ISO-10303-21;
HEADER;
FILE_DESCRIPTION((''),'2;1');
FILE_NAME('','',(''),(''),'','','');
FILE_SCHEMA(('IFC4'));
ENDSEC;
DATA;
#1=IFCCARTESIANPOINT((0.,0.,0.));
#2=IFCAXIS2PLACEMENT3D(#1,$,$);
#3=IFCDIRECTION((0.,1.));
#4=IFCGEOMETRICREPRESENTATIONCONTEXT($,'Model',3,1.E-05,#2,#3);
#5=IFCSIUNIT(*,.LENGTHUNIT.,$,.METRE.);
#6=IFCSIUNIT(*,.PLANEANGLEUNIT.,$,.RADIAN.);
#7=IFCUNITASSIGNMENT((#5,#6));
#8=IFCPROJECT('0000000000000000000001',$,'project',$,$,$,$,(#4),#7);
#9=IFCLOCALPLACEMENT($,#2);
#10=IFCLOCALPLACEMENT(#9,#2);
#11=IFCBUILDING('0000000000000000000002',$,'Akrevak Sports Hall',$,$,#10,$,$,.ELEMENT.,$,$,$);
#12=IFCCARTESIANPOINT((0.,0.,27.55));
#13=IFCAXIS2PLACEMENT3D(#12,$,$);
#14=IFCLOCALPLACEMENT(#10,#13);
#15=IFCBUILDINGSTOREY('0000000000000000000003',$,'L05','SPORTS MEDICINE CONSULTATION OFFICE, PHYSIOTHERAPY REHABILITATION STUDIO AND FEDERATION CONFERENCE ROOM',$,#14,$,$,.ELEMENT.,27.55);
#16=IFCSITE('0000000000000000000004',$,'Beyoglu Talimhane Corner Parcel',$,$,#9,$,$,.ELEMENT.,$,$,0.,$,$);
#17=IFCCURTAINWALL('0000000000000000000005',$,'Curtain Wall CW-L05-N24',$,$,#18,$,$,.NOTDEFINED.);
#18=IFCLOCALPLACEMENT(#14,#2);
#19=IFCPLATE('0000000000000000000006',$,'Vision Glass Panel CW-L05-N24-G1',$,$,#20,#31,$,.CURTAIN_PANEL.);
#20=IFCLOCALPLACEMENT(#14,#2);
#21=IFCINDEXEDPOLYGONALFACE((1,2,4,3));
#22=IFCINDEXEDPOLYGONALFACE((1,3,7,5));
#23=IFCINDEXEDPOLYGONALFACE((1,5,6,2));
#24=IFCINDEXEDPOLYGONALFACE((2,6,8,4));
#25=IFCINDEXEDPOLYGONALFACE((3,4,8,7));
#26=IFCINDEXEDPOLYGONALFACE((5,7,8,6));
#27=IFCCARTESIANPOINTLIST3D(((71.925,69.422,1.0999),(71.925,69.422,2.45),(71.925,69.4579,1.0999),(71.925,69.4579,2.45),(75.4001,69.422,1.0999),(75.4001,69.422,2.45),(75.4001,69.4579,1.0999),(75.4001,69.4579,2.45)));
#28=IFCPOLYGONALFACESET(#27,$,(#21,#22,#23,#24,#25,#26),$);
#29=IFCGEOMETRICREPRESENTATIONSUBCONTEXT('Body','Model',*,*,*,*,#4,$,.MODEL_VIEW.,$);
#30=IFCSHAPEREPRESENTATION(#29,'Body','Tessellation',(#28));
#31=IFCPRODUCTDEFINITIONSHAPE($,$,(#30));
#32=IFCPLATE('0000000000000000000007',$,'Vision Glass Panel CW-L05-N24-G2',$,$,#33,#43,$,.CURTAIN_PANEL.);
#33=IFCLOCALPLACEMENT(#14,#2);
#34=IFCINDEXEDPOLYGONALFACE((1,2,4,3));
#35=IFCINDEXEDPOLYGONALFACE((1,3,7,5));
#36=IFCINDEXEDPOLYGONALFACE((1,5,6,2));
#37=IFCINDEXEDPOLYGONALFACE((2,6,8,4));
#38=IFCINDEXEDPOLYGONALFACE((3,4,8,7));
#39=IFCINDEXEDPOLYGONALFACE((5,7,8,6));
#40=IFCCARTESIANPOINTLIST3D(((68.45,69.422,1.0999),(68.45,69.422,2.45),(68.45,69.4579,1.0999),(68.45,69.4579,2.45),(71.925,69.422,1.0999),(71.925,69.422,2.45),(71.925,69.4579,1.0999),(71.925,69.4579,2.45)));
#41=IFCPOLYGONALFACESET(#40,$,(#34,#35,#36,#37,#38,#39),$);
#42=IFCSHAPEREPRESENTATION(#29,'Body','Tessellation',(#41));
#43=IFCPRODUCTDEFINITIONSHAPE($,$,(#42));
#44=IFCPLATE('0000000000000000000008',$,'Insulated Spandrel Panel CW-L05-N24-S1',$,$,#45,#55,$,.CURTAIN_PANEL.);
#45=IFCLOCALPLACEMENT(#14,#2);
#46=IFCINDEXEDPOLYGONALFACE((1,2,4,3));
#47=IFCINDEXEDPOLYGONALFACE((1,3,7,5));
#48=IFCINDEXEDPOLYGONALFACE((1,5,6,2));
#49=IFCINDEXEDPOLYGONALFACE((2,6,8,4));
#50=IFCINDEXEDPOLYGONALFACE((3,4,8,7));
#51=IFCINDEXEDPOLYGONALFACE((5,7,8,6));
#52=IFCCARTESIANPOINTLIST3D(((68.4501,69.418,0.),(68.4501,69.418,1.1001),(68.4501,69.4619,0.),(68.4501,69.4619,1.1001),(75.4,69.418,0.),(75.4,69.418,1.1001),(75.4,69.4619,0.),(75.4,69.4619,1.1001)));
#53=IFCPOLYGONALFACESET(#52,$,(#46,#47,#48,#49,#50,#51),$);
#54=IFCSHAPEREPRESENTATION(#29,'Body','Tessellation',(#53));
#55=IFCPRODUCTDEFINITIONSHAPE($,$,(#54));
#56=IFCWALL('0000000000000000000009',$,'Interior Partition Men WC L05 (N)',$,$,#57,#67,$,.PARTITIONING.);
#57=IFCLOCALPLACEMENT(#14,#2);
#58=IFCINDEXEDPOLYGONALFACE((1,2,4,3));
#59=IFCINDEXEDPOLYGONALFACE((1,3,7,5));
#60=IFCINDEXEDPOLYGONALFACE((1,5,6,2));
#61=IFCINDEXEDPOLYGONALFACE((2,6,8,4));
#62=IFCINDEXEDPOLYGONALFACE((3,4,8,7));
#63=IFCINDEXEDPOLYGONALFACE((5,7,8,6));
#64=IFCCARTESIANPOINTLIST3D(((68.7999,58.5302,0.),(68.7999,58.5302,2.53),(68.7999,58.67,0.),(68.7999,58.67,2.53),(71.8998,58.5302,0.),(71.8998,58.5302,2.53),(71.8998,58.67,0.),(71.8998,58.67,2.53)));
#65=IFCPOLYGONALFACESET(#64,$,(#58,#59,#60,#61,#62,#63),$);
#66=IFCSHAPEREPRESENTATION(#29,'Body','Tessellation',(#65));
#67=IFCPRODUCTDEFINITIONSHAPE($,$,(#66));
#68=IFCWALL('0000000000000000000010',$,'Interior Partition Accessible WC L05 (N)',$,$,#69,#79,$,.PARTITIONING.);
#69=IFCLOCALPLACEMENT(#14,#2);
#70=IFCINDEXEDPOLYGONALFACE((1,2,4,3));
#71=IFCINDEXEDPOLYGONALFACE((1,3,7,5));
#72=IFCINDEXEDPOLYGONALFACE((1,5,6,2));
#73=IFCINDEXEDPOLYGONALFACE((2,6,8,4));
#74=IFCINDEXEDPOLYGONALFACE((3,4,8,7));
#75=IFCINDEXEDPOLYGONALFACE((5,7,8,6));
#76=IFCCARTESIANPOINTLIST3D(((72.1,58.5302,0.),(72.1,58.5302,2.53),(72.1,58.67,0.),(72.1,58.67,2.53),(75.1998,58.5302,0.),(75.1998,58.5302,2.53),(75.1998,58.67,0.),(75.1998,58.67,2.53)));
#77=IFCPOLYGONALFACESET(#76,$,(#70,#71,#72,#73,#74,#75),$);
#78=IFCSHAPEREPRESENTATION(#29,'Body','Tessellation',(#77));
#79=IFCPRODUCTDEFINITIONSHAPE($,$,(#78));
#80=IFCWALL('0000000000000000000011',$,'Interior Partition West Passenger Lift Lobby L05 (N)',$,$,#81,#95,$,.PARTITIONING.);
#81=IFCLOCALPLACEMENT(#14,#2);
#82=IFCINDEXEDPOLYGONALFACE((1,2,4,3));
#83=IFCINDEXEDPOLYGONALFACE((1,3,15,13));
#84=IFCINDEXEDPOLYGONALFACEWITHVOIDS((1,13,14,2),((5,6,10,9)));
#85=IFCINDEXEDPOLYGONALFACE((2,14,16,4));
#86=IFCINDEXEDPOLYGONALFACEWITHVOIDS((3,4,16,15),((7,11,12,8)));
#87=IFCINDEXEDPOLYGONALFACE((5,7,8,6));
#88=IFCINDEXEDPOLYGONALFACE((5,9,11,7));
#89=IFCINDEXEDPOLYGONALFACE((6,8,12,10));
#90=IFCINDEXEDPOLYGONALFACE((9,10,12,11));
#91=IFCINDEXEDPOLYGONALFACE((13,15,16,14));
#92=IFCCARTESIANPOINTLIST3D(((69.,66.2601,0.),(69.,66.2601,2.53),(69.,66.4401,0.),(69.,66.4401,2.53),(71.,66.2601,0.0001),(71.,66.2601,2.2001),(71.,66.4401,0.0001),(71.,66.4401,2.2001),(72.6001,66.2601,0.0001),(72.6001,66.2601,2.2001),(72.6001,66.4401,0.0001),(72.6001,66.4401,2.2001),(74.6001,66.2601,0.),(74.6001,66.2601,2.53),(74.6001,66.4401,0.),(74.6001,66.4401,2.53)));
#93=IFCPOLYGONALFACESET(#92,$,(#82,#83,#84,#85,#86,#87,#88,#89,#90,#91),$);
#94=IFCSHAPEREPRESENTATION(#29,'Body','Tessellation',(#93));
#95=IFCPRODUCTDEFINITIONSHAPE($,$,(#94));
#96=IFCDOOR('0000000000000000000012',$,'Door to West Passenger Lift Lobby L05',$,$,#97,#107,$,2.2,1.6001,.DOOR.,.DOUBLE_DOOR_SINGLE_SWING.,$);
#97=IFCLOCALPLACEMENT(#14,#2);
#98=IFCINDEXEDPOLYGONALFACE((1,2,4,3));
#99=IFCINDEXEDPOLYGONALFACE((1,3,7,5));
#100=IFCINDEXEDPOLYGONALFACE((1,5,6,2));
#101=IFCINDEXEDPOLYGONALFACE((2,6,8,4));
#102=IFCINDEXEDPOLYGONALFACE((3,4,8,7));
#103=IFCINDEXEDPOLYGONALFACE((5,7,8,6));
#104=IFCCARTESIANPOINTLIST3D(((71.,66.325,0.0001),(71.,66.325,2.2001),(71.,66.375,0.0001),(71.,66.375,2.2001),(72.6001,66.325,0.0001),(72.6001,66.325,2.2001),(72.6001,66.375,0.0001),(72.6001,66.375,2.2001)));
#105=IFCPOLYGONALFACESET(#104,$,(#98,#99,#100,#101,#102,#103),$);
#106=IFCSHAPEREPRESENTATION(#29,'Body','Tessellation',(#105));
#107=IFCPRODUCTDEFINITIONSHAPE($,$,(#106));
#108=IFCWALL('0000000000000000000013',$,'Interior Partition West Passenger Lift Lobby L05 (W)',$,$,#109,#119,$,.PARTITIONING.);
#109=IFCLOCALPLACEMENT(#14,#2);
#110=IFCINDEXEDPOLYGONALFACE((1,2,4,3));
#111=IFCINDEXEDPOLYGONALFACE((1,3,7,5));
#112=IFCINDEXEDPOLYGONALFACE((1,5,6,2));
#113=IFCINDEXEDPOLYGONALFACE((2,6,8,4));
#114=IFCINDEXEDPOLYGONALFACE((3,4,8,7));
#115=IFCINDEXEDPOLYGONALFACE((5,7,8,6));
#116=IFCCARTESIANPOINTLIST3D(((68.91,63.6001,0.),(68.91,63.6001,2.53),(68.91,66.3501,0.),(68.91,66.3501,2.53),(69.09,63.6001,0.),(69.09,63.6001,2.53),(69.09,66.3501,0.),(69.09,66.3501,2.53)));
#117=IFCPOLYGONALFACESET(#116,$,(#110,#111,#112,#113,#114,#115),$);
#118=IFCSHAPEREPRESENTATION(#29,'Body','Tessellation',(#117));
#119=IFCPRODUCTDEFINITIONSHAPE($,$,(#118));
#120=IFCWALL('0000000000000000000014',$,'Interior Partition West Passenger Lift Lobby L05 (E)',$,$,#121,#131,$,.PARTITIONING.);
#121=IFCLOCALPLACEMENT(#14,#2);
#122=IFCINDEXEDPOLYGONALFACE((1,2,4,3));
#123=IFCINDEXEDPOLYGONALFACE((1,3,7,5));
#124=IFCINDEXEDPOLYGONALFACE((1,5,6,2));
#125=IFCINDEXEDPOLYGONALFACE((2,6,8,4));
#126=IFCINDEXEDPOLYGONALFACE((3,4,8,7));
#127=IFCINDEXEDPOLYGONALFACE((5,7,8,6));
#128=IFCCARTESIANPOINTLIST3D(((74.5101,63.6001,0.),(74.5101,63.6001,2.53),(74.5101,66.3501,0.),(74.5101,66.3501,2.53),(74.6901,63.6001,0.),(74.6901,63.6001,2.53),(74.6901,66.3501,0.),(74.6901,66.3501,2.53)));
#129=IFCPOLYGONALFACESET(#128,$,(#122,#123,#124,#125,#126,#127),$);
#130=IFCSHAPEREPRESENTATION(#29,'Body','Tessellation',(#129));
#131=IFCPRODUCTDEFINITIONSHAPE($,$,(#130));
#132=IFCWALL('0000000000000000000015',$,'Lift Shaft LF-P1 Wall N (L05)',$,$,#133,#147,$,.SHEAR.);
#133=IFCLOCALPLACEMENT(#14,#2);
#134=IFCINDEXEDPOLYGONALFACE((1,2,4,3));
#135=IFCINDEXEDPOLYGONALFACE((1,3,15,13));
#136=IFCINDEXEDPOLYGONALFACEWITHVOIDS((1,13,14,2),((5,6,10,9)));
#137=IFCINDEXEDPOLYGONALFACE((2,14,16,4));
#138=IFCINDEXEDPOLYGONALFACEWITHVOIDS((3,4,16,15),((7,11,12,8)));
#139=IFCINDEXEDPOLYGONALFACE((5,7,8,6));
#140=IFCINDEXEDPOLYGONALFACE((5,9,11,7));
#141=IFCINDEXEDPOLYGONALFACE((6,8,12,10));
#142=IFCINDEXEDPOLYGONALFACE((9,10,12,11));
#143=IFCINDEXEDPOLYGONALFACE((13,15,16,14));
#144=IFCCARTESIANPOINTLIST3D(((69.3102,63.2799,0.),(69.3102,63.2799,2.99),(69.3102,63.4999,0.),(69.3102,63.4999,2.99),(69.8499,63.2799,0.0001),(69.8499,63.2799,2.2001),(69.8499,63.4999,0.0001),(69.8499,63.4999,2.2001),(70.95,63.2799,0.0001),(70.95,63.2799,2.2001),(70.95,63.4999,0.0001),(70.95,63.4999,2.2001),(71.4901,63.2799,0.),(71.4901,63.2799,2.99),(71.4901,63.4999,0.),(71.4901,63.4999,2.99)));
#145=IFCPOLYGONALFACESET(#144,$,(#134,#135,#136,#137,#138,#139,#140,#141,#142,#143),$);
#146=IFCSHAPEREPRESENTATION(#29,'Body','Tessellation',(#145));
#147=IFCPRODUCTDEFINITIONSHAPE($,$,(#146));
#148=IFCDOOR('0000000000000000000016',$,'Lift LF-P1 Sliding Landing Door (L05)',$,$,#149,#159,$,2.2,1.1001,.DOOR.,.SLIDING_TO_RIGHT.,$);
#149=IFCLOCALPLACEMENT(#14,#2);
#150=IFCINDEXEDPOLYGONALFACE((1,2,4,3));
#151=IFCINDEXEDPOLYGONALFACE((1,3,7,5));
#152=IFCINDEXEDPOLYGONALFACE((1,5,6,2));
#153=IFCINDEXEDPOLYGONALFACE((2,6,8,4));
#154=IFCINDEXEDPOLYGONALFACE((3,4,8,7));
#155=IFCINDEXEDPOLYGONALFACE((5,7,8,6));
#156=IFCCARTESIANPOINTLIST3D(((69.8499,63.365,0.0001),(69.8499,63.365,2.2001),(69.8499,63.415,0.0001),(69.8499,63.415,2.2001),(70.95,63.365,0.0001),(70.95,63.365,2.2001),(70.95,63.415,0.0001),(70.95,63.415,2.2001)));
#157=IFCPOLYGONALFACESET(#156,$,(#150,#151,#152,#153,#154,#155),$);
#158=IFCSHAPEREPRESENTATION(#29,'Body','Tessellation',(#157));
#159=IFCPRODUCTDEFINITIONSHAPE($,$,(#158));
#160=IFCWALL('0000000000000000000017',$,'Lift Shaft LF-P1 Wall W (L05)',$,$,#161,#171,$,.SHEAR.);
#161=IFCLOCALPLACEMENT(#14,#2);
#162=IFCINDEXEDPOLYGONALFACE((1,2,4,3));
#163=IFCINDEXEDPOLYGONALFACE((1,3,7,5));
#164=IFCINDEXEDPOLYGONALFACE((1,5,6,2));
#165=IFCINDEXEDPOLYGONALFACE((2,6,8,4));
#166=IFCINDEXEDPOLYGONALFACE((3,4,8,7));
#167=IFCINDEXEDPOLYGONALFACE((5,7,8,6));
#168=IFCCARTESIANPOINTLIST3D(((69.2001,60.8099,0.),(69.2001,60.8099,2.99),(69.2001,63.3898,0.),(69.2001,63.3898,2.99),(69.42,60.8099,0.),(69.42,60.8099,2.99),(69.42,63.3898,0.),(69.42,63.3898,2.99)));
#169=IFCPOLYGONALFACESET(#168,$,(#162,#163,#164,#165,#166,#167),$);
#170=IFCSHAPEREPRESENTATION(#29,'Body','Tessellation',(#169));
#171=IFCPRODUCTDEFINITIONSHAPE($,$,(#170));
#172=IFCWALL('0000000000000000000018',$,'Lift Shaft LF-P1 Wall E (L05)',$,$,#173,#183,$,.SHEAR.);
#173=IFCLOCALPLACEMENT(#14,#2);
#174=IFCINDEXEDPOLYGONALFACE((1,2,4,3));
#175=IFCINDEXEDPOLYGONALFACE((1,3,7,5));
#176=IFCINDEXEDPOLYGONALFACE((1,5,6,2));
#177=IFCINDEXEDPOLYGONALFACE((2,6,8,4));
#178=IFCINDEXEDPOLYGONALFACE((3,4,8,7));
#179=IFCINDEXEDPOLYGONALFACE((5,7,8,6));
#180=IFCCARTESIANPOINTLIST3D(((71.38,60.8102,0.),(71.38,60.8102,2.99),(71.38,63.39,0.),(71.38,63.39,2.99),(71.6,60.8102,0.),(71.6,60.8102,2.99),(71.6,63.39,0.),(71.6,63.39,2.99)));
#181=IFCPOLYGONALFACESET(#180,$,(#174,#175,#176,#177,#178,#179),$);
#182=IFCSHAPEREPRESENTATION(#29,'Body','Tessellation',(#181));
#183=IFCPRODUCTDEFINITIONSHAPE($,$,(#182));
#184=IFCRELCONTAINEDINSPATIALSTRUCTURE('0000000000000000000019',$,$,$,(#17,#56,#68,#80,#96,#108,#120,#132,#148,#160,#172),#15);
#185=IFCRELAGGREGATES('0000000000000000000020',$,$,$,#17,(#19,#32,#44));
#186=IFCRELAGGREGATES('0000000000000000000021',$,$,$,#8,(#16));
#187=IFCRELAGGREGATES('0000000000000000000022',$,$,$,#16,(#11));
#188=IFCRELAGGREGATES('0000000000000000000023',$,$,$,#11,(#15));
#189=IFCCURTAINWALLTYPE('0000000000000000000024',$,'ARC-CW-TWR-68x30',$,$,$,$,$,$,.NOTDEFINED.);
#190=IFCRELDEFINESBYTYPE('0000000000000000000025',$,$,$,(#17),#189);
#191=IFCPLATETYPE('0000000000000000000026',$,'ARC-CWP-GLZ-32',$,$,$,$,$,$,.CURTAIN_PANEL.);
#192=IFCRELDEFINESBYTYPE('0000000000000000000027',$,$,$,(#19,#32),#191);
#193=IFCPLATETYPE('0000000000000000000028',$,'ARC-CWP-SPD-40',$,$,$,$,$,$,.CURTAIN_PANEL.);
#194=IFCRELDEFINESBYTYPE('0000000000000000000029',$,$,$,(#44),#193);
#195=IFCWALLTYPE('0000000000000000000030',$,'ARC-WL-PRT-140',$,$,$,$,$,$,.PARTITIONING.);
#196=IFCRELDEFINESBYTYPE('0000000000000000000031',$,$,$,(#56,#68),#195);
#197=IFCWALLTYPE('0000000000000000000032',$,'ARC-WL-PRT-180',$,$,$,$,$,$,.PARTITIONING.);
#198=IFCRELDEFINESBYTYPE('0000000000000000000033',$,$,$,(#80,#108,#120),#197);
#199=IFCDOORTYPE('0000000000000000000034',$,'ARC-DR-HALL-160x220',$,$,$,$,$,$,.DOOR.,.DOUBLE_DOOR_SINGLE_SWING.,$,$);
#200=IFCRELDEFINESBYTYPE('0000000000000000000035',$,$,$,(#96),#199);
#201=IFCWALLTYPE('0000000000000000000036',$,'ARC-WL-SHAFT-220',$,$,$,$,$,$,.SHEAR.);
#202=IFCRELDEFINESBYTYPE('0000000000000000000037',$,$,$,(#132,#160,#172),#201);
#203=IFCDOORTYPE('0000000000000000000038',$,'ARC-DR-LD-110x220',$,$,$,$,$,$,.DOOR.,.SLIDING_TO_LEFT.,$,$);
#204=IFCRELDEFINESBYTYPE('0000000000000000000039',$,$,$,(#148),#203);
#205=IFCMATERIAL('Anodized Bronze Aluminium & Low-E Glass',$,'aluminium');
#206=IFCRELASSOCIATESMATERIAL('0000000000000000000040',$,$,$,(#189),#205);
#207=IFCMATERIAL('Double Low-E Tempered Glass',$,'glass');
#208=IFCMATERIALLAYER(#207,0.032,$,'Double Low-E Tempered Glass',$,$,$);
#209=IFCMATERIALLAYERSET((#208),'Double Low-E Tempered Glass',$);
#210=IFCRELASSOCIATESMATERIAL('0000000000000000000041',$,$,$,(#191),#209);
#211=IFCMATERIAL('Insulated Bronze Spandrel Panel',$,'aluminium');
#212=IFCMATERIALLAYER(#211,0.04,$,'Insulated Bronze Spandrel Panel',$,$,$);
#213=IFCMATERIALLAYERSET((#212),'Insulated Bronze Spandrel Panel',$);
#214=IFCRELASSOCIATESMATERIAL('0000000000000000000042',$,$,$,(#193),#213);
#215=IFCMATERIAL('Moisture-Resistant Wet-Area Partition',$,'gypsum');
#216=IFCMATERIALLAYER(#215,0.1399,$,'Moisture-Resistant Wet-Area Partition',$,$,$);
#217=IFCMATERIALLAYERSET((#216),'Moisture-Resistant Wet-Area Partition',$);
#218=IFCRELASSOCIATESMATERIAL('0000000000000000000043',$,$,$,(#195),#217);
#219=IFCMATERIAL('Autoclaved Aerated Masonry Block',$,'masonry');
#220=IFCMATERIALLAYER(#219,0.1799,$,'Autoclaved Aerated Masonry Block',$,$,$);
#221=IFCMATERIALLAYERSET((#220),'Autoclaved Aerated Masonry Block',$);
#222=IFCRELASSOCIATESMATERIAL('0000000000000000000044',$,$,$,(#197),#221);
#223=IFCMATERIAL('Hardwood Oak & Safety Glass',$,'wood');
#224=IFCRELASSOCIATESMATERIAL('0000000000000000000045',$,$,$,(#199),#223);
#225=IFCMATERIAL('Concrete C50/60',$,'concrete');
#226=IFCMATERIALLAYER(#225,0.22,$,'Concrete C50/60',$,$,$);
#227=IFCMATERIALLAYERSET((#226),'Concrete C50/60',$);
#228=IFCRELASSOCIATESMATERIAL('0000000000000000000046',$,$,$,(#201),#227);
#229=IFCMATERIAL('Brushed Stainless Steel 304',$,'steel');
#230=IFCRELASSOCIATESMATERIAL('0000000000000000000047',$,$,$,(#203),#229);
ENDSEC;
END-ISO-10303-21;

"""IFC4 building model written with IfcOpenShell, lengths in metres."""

from ifc_helpers import new_model, si_unit, direction, frame, frame_2d, origin, origin_2d, place, context, subcontext, project, spatial, rectangle, extrude, material, layer, layer_set, type_object, element, fill, aggregate, save


model = new_model("IFC4")

# Units and contexts
model_context = context("Model", 3, precision=1e-05, world=origin(), true_north=direction((0.0, 1.0)))
body_context = subcontext(model_context, "Body", "Model", "MODEL_VIEW")
ifc_project = project(units=[si_unit("LENGTHUNIT", "METRE"), si_unit("PLANEANGLEUNIT", "RADIAN")], contexts=[model_context])

# Site, building, storey
site_placement = place(None, origin())
site = spatial("IfcSite", under=ifc_project, at=site_placement, Name="Beyoglu Talimhane Corner Parcel", CompositionType="ELEMENT", RefElevation=0.0)
building_placement = place(site_placement, origin())
building = spatial("IfcBuilding", under=site, at=building_placement, Name="Akrevak Sports Hall", CompositionType="ELEMENT")
storey_placement = place(building_placement, frame((0.0, 0.0, 27.55)))
storey = spatial("IfcBuildingStorey", under=building, at=storey_placement, Name="L05", Description="SPORTS MEDICINE CONSULTATION OFFICE, PHYSIOTHERAPY REHABILITATION STUDIO AND FEDERATION CONFERENCE ROOM", CompositionType="ELEMENT", Elevation=27.55)

# Shared definitions
ifc_material_1 = material(Name="Concrete C50/60", Category="concrete")

# Curtain wall
ifc_material_2 = material(Name="Anodized Bronze Aluminium & Low-E Glass", Category="aluminium")
curtain_wall_type = type_object("IfcCurtainWallType", Name="ARC-CW-TWR-68x30", PredefinedType="NOTDEFINED", material=ifc_material_2)
curtain_wall_placement = place(storey_placement, origin())
curtain_wall = element("IfcCurtainWall", 1, at=curtain_wall_placement, inside=storey, type_object=curtain_wall_type, Name="Curtain Wall CW-L05-N24", PredefinedType="NOTDEFINED")

# Plates
ifc_material_3 = material(Name="Double Low-E Tempered Glass", Category="glass")
ifc_layer_1 = layer(ifc_material_3, 0.032, Name="Double Low-E Tempered Glass")
ifc_layer_set_1 = layer_set([ifc_layer_1], Name="Double Low-E Tempered Glass")
plate_type_1 = type_object("IfcPlateType", Name="ARC-CWP-GLZ-32", PredefinedType="CURTAIN_PANEL", material=ifc_layer_set_1)
plate_1_placement = place(storey_placement, frame((73.6626, 69.4399, 1.0999), z_axis=(0.0, 0.0, 1.0), x_axis=(-1.0, 0.0, 0.0)))
plate_1 = element("IfcPlate", 2, at=plate_1_placement, type_object=plate_type_1, Name="Vision Glass Panel CW-L05-N24-G1", PredefinedType="CURTAIN_PANEL", context=body_context, shape_type="SweptSolid", body=[
    extrude(rectangle(XDim=3.4751, YDim=0.0359, at=origin_2d()), origin(), (0.0, 0.0, 1.0), 1.3501),
])
plate_2_placement = place(storey_placement, frame((70.1875, 69.4399, 1.0999), z_axis=(0.0, 0.0, 1.0), x_axis=(-1.0, 0.0, 0.0)))
plate_2 = element("IfcPlate", 3, at=plate_2_placement, type_object=plate_type_1, Name="Vision Glass Panel CW-L05-N24-G2", PredefinedType="CURTAIN_PANEL", context=body_context, shape_type="SweptSolid", body=[
    extrude(rectangle(XDim=3.4751, YDim=0.0359, at=origin_2d()), origin(), (0.0, 0.0, 1.0), 1.3501),
])
ifc_material_4 = material(Name="Insulated Bronze Spandrel Panel", Category="aluminium")
ifc_layer_2 = layer(ifc_material_4, 0.04, Name="Insulated Bronze Spandrel Panel")
ifc_layer_set_2 = layer_set([ifc_layer_2], Name="Insulated Bronze Spandrel Panel")
plate_type_2 = type_object("IfcPlateType", Name="ARC-CWP-SPD-40", PredefinedType="CURTAIN_PANEL", material=ifc_layer_set_2)
plate_3_placement = place(storey_placement, frame((71.925, 69.4399, 0.0), z_axis=(0.0, 0.0, 1.0), x_axis=(-1.0, 0.0, 0.0)))
plate_3 = element("IfcPlate", 4, at=plate_3_placement, type_object=plate_type_2, Name="Insulated Spandrel Panel CW-L05-N24-S1", PredefinedType="CURTAIN_PANEL", context=body_context, shape_type="SweptSolid", body=[
    extrude(rectangle(XDim=6.95, YDim=0.0439, at=origin_2d()), origin(), (0.0, 0.0, 1.0), 1.1001),
])
aggregate(curtain_wall, [plate_1, plate_2, plate_3])

# Walls
ifc_material_5 = material(Name="Moisture-Resistant Wet-Area Partition", Category="gypsum")
ifc_layer_3 = layer(ifc_material_5, 0.1399, Name="Moisture-Resistant Wet-Area Partition")
ifc_layer_set_3 = layer_set([ifc_layer_3], Name="Moisture-Resistant Wet-Area Partition")
wall_type_1 = type_object("IfcWallType", Name="ARC-WL-PRT-140", PredefinedType="PARTITIONING", material=ifc_layer_set_3)
for number, where, z_axis, x_axis, name in (
    (5, (68.8, 58.6001, 0.0), (0.0, 0.0, 1.0), (1.0, 0.0, 0.0), "Interior Partition Men WC L05 (N)"),
    (6, (72.1001, 58.6001, 0.0), (0.0, 0.0, 1.0), (1.0, 0.0, 0.0), "Interior Partition Accessible WC L05 (N)"),
):
    element("IfcWall", number, at=place(storey_placement, frame(where, z_axis=z_axis, x_axis=x_axis)), inside=storey, type_object=wall_type_1, Name=name, PredefinedType="PARTITIONING", context=body_context, shape_type="SweptSolid", body=[
        extrude(rectangle(XDim=3.0999, YDim=0.1399, at=frame_2d((1.5498, 0.0))), origin(), (0.0, 0.0, 1.0), 2.53),
    ])

# Wall, opening, door
ifc_material_6 = material(Name="Autoclaved Aerated Masonry Block", Category="masonry")
ifc_layer_4 = layer(ifc_material_6, 0.1799, Name="Autoclaved Aerated Masonry Block")
ifc_layer_set_4 = layer_set([ifc_layer_4], Name="Autoclaved Aerated Masonry Block")
wall_type_2 = type_object("IfcWallType", Name="ARC-WL-PRT-180", PredefinedType="PARTITIONING", material=ifc_layer_set_4)
wall_1_placement = place(storey_placement, frame((69.0, 66.3501, 0.0), z_axis=(0.0, 0.0, 1.0), x_axis=(1.0, 0.0, 0.0)))
wall_1 = element("IfcWall", 7, at=wall_1_placement, inside=storey, type_object=wall_type_2, Name="Interior Partition West Passenger Lift Lobby L05 (N)", PredefinedType="PARTITIONING", context=body_context, shape_type="SweptSolid", body=[
    extrude(rectangle(XDim=5.6001, YDim=0.1799, at=frame_2d((2.8, 0.0))), origin(), (0.0, 0.0, 1.0), 2.53),
])
opening_1_placement = place(wall_1_placement, frame((2.0, 0.0, 0.0)))
opening_1 = element("IfcOpeningElement", 8, at=opening_1_placement, cuts=wall_1, PredefinedType="OPENING", context=body_context, shape_type="SweptSolid", body=[
    extrude(rectangle(XDim=1.6001, YDim=2.2, at=frame_2d((0.8, 1.1001))), frame((0.0, 0.1021, 0.0), z_axis=(0.0, -1.0, 0.0), x_axis=(1.0, 0.0, 0.0)), (0.0, 0.0, 1.0), 0.2039),
])
ifc_material_7 = material(Name="Hardwood Oak & Safety Glass", Category="wood")
door_type_1 = type_object("IfcDoorType", Name="ARC-DR-HALL-160x220", OperationType="DOUBLE_DOOR_SINGLE_SWING", PredefinedType="DOOR", material=ifc_material_7)
door_1_placement = place(opening_1_placement, origin())
door_1 = element("IfcDoor", 9, at=door_1_placement, inside=storey, type_object=door_type_1, Name="Door to West Passenger Lift Lobby L05", OperationType="DOUBLE_DOOR_SINGLE_SWING", OverallHeight=2.2, OverallWidth=1.6001, PredefinedType="DOOR", context=body_context, shape_type="SweptSolid", body=[
    extrude(rectangle(XDim=1.6001, YDim=2.2, at=frame_2d((0.8, 1.1001))), frame((0.0, 0.0249, 0.0), z_axis=(0.0, -1.0, 0.0), x_axis=(1.0, 0.0, 0.0)), (0.0, 0.0, 1.0), 0.05),
])
fill(opening_1, door_1)

# Walls
for number, where, z_axis, x_axis, name in (
    (10, (69.0, 63.6001, 0.0), (0.0, 0.0, 1.0), (0.0, 1.0, 0.0), "Interior Partition West Passenger Lift Lobby L05 (W)"),
    (11, (74.6001, 63.6001, 0.0), (0.0, 0.0, 1.0), (0.0, 1.0, 0.0), "Interior Partition West Passenger Lift Lobby L05 (E)"),
):
    element("IfcWall", number, at=place(storey_placement, frame(where, z_axis=z_axis, x_axis=x_axis)), inside=storey, type_object=wall_type_2, Name=name, PredefinedType="PARTITIONING", context=body_context, shape_type="SweptSolid", body=[
        extrude(rectangle(XDim=2.75, YDim=0.1799, at=frame_2d((1.375, 0.0))), origin(), (0.0, 0.0, 1.0), 2.53),
    ])
ifc_layer_5 = layer(ifc_material_1, 0.22, Name="Concrete C50/60")
ifc_layer_set_5 = layer_set([ifc_layer_5], Name="Concrete C50/60")
wall_type_3 = type_object("IfcWallType", Name="ARC-WL-SHAFT-220", PredefinedType="SHEAR", material=ifc_layer_set_5)

# Wall, opening, door
wall_2_placement = place(storey_placement, frame((71.49, 63.3899, 0.0), z_axis=(0.0, 0.0, 1.0), x_axis=(-1.0, 0.0, 0.0)))
wall_2 = element("IfcWall", 12, at=wall_2_placement, inside=storey, type_object=wall_type_3, Name="Lift Shaft LF-P1 Wall N (L05)", PredefinedType="SHEAR", context=body_context, shape_type="SweptSolid", body=[
    extrude(rectangle(XDim=2.1799, YDim=0.22, at=frame_2d((1.0898, 0.0))), origin(), (0.0, 0.0, 1.0), 2.99),
])
opening_2_placement = place(wall_2_placement, frame((0.54, 0.0, 0.0)))
opening_2 = element("IfcOpeningElement", 13, at=opening_2_placement, cuts=wall_2, PredefinedType="OPENING", context=body_context, shape_type="SweptSolid", body=[
    extrude(rectangle(XDim=1.1001, YDim=2.2, at=frame_2d((0.55, 1.1001))), frame((0.0, 0.1221, 0.0), z_axis=(0.0, -1.0, 0.0), x_axis=(1.0, 0.0, 0.0)), (0.0, 0.0, 1.0), 0.2439),
])
ifc_material_8 = material(Name="Brushed Stainless Steel 304", Category="steel")
door_type_2 = type_object("IfcDoorType", Name="ARC-DR-LD-110x220", OperationType="SLIDING_TO_LEFT", PredefinedType="DOOR", material=ifc_material_8)
door_2_placement = place(opening_2_placement, origin())
door_2 = element("IfcDoor", 14, at=door_2_placement, inside=storey, type_object=door_type_2, Name="Lift LF-P1 Sliding Landing Door (L05)", OperationType="SLIDING_TO_RIGHT", OverallHeight=2.2, OverallWidth=1.1001, PredefinedType="DOOR", context=body_context, shape_type="SweptSolid", body=[
    extrude(rectangle(XDim=1.1001, YDim=2.2, at=frame_2d((0.55, 1.1001))), frame((0.0, 0.0249, 0.0), z_axis=(0.0, -1.0, 0.0), x_axis=(1.0, 0.0, 0.0)), (0.0, 0.0, 1.0), 0.05),
])
fill(opening_2, door_2)

# Walls
for number, where, z_axis, x_axis, name in (
    (15, (69.3101, 63.3899, 0.0), (0.0, 0.0, 1.0), (0.0, -1.0, 0.0), "Lift Shaft LF-P1 Wall W (L05)"),
    (16, (71.49, 60.8101, 0.0), (0.0, 0.0, 1.0), (0.0, 1.0, 0.0), "Lift Shaft LF-P1 Wall E (L05)"),
):
    element("IfcWall", number, at=place(storey_placement, frame(where, z_axis=z_axis, x_axis=x_axis)), inside=storey, type_object=wall_type_3, Name=name, PredefinedType="SHEAR", context=body_context, shape_type="SweptSolid", body=[
        extrude(rectangle(XDim=2.5798, YDim=0.22, at=frame_2d((1.29, 0.0))), origin(), (0.0, 0.0, 1.0), 2.99),
    ])

save(model, "model.ifc")
